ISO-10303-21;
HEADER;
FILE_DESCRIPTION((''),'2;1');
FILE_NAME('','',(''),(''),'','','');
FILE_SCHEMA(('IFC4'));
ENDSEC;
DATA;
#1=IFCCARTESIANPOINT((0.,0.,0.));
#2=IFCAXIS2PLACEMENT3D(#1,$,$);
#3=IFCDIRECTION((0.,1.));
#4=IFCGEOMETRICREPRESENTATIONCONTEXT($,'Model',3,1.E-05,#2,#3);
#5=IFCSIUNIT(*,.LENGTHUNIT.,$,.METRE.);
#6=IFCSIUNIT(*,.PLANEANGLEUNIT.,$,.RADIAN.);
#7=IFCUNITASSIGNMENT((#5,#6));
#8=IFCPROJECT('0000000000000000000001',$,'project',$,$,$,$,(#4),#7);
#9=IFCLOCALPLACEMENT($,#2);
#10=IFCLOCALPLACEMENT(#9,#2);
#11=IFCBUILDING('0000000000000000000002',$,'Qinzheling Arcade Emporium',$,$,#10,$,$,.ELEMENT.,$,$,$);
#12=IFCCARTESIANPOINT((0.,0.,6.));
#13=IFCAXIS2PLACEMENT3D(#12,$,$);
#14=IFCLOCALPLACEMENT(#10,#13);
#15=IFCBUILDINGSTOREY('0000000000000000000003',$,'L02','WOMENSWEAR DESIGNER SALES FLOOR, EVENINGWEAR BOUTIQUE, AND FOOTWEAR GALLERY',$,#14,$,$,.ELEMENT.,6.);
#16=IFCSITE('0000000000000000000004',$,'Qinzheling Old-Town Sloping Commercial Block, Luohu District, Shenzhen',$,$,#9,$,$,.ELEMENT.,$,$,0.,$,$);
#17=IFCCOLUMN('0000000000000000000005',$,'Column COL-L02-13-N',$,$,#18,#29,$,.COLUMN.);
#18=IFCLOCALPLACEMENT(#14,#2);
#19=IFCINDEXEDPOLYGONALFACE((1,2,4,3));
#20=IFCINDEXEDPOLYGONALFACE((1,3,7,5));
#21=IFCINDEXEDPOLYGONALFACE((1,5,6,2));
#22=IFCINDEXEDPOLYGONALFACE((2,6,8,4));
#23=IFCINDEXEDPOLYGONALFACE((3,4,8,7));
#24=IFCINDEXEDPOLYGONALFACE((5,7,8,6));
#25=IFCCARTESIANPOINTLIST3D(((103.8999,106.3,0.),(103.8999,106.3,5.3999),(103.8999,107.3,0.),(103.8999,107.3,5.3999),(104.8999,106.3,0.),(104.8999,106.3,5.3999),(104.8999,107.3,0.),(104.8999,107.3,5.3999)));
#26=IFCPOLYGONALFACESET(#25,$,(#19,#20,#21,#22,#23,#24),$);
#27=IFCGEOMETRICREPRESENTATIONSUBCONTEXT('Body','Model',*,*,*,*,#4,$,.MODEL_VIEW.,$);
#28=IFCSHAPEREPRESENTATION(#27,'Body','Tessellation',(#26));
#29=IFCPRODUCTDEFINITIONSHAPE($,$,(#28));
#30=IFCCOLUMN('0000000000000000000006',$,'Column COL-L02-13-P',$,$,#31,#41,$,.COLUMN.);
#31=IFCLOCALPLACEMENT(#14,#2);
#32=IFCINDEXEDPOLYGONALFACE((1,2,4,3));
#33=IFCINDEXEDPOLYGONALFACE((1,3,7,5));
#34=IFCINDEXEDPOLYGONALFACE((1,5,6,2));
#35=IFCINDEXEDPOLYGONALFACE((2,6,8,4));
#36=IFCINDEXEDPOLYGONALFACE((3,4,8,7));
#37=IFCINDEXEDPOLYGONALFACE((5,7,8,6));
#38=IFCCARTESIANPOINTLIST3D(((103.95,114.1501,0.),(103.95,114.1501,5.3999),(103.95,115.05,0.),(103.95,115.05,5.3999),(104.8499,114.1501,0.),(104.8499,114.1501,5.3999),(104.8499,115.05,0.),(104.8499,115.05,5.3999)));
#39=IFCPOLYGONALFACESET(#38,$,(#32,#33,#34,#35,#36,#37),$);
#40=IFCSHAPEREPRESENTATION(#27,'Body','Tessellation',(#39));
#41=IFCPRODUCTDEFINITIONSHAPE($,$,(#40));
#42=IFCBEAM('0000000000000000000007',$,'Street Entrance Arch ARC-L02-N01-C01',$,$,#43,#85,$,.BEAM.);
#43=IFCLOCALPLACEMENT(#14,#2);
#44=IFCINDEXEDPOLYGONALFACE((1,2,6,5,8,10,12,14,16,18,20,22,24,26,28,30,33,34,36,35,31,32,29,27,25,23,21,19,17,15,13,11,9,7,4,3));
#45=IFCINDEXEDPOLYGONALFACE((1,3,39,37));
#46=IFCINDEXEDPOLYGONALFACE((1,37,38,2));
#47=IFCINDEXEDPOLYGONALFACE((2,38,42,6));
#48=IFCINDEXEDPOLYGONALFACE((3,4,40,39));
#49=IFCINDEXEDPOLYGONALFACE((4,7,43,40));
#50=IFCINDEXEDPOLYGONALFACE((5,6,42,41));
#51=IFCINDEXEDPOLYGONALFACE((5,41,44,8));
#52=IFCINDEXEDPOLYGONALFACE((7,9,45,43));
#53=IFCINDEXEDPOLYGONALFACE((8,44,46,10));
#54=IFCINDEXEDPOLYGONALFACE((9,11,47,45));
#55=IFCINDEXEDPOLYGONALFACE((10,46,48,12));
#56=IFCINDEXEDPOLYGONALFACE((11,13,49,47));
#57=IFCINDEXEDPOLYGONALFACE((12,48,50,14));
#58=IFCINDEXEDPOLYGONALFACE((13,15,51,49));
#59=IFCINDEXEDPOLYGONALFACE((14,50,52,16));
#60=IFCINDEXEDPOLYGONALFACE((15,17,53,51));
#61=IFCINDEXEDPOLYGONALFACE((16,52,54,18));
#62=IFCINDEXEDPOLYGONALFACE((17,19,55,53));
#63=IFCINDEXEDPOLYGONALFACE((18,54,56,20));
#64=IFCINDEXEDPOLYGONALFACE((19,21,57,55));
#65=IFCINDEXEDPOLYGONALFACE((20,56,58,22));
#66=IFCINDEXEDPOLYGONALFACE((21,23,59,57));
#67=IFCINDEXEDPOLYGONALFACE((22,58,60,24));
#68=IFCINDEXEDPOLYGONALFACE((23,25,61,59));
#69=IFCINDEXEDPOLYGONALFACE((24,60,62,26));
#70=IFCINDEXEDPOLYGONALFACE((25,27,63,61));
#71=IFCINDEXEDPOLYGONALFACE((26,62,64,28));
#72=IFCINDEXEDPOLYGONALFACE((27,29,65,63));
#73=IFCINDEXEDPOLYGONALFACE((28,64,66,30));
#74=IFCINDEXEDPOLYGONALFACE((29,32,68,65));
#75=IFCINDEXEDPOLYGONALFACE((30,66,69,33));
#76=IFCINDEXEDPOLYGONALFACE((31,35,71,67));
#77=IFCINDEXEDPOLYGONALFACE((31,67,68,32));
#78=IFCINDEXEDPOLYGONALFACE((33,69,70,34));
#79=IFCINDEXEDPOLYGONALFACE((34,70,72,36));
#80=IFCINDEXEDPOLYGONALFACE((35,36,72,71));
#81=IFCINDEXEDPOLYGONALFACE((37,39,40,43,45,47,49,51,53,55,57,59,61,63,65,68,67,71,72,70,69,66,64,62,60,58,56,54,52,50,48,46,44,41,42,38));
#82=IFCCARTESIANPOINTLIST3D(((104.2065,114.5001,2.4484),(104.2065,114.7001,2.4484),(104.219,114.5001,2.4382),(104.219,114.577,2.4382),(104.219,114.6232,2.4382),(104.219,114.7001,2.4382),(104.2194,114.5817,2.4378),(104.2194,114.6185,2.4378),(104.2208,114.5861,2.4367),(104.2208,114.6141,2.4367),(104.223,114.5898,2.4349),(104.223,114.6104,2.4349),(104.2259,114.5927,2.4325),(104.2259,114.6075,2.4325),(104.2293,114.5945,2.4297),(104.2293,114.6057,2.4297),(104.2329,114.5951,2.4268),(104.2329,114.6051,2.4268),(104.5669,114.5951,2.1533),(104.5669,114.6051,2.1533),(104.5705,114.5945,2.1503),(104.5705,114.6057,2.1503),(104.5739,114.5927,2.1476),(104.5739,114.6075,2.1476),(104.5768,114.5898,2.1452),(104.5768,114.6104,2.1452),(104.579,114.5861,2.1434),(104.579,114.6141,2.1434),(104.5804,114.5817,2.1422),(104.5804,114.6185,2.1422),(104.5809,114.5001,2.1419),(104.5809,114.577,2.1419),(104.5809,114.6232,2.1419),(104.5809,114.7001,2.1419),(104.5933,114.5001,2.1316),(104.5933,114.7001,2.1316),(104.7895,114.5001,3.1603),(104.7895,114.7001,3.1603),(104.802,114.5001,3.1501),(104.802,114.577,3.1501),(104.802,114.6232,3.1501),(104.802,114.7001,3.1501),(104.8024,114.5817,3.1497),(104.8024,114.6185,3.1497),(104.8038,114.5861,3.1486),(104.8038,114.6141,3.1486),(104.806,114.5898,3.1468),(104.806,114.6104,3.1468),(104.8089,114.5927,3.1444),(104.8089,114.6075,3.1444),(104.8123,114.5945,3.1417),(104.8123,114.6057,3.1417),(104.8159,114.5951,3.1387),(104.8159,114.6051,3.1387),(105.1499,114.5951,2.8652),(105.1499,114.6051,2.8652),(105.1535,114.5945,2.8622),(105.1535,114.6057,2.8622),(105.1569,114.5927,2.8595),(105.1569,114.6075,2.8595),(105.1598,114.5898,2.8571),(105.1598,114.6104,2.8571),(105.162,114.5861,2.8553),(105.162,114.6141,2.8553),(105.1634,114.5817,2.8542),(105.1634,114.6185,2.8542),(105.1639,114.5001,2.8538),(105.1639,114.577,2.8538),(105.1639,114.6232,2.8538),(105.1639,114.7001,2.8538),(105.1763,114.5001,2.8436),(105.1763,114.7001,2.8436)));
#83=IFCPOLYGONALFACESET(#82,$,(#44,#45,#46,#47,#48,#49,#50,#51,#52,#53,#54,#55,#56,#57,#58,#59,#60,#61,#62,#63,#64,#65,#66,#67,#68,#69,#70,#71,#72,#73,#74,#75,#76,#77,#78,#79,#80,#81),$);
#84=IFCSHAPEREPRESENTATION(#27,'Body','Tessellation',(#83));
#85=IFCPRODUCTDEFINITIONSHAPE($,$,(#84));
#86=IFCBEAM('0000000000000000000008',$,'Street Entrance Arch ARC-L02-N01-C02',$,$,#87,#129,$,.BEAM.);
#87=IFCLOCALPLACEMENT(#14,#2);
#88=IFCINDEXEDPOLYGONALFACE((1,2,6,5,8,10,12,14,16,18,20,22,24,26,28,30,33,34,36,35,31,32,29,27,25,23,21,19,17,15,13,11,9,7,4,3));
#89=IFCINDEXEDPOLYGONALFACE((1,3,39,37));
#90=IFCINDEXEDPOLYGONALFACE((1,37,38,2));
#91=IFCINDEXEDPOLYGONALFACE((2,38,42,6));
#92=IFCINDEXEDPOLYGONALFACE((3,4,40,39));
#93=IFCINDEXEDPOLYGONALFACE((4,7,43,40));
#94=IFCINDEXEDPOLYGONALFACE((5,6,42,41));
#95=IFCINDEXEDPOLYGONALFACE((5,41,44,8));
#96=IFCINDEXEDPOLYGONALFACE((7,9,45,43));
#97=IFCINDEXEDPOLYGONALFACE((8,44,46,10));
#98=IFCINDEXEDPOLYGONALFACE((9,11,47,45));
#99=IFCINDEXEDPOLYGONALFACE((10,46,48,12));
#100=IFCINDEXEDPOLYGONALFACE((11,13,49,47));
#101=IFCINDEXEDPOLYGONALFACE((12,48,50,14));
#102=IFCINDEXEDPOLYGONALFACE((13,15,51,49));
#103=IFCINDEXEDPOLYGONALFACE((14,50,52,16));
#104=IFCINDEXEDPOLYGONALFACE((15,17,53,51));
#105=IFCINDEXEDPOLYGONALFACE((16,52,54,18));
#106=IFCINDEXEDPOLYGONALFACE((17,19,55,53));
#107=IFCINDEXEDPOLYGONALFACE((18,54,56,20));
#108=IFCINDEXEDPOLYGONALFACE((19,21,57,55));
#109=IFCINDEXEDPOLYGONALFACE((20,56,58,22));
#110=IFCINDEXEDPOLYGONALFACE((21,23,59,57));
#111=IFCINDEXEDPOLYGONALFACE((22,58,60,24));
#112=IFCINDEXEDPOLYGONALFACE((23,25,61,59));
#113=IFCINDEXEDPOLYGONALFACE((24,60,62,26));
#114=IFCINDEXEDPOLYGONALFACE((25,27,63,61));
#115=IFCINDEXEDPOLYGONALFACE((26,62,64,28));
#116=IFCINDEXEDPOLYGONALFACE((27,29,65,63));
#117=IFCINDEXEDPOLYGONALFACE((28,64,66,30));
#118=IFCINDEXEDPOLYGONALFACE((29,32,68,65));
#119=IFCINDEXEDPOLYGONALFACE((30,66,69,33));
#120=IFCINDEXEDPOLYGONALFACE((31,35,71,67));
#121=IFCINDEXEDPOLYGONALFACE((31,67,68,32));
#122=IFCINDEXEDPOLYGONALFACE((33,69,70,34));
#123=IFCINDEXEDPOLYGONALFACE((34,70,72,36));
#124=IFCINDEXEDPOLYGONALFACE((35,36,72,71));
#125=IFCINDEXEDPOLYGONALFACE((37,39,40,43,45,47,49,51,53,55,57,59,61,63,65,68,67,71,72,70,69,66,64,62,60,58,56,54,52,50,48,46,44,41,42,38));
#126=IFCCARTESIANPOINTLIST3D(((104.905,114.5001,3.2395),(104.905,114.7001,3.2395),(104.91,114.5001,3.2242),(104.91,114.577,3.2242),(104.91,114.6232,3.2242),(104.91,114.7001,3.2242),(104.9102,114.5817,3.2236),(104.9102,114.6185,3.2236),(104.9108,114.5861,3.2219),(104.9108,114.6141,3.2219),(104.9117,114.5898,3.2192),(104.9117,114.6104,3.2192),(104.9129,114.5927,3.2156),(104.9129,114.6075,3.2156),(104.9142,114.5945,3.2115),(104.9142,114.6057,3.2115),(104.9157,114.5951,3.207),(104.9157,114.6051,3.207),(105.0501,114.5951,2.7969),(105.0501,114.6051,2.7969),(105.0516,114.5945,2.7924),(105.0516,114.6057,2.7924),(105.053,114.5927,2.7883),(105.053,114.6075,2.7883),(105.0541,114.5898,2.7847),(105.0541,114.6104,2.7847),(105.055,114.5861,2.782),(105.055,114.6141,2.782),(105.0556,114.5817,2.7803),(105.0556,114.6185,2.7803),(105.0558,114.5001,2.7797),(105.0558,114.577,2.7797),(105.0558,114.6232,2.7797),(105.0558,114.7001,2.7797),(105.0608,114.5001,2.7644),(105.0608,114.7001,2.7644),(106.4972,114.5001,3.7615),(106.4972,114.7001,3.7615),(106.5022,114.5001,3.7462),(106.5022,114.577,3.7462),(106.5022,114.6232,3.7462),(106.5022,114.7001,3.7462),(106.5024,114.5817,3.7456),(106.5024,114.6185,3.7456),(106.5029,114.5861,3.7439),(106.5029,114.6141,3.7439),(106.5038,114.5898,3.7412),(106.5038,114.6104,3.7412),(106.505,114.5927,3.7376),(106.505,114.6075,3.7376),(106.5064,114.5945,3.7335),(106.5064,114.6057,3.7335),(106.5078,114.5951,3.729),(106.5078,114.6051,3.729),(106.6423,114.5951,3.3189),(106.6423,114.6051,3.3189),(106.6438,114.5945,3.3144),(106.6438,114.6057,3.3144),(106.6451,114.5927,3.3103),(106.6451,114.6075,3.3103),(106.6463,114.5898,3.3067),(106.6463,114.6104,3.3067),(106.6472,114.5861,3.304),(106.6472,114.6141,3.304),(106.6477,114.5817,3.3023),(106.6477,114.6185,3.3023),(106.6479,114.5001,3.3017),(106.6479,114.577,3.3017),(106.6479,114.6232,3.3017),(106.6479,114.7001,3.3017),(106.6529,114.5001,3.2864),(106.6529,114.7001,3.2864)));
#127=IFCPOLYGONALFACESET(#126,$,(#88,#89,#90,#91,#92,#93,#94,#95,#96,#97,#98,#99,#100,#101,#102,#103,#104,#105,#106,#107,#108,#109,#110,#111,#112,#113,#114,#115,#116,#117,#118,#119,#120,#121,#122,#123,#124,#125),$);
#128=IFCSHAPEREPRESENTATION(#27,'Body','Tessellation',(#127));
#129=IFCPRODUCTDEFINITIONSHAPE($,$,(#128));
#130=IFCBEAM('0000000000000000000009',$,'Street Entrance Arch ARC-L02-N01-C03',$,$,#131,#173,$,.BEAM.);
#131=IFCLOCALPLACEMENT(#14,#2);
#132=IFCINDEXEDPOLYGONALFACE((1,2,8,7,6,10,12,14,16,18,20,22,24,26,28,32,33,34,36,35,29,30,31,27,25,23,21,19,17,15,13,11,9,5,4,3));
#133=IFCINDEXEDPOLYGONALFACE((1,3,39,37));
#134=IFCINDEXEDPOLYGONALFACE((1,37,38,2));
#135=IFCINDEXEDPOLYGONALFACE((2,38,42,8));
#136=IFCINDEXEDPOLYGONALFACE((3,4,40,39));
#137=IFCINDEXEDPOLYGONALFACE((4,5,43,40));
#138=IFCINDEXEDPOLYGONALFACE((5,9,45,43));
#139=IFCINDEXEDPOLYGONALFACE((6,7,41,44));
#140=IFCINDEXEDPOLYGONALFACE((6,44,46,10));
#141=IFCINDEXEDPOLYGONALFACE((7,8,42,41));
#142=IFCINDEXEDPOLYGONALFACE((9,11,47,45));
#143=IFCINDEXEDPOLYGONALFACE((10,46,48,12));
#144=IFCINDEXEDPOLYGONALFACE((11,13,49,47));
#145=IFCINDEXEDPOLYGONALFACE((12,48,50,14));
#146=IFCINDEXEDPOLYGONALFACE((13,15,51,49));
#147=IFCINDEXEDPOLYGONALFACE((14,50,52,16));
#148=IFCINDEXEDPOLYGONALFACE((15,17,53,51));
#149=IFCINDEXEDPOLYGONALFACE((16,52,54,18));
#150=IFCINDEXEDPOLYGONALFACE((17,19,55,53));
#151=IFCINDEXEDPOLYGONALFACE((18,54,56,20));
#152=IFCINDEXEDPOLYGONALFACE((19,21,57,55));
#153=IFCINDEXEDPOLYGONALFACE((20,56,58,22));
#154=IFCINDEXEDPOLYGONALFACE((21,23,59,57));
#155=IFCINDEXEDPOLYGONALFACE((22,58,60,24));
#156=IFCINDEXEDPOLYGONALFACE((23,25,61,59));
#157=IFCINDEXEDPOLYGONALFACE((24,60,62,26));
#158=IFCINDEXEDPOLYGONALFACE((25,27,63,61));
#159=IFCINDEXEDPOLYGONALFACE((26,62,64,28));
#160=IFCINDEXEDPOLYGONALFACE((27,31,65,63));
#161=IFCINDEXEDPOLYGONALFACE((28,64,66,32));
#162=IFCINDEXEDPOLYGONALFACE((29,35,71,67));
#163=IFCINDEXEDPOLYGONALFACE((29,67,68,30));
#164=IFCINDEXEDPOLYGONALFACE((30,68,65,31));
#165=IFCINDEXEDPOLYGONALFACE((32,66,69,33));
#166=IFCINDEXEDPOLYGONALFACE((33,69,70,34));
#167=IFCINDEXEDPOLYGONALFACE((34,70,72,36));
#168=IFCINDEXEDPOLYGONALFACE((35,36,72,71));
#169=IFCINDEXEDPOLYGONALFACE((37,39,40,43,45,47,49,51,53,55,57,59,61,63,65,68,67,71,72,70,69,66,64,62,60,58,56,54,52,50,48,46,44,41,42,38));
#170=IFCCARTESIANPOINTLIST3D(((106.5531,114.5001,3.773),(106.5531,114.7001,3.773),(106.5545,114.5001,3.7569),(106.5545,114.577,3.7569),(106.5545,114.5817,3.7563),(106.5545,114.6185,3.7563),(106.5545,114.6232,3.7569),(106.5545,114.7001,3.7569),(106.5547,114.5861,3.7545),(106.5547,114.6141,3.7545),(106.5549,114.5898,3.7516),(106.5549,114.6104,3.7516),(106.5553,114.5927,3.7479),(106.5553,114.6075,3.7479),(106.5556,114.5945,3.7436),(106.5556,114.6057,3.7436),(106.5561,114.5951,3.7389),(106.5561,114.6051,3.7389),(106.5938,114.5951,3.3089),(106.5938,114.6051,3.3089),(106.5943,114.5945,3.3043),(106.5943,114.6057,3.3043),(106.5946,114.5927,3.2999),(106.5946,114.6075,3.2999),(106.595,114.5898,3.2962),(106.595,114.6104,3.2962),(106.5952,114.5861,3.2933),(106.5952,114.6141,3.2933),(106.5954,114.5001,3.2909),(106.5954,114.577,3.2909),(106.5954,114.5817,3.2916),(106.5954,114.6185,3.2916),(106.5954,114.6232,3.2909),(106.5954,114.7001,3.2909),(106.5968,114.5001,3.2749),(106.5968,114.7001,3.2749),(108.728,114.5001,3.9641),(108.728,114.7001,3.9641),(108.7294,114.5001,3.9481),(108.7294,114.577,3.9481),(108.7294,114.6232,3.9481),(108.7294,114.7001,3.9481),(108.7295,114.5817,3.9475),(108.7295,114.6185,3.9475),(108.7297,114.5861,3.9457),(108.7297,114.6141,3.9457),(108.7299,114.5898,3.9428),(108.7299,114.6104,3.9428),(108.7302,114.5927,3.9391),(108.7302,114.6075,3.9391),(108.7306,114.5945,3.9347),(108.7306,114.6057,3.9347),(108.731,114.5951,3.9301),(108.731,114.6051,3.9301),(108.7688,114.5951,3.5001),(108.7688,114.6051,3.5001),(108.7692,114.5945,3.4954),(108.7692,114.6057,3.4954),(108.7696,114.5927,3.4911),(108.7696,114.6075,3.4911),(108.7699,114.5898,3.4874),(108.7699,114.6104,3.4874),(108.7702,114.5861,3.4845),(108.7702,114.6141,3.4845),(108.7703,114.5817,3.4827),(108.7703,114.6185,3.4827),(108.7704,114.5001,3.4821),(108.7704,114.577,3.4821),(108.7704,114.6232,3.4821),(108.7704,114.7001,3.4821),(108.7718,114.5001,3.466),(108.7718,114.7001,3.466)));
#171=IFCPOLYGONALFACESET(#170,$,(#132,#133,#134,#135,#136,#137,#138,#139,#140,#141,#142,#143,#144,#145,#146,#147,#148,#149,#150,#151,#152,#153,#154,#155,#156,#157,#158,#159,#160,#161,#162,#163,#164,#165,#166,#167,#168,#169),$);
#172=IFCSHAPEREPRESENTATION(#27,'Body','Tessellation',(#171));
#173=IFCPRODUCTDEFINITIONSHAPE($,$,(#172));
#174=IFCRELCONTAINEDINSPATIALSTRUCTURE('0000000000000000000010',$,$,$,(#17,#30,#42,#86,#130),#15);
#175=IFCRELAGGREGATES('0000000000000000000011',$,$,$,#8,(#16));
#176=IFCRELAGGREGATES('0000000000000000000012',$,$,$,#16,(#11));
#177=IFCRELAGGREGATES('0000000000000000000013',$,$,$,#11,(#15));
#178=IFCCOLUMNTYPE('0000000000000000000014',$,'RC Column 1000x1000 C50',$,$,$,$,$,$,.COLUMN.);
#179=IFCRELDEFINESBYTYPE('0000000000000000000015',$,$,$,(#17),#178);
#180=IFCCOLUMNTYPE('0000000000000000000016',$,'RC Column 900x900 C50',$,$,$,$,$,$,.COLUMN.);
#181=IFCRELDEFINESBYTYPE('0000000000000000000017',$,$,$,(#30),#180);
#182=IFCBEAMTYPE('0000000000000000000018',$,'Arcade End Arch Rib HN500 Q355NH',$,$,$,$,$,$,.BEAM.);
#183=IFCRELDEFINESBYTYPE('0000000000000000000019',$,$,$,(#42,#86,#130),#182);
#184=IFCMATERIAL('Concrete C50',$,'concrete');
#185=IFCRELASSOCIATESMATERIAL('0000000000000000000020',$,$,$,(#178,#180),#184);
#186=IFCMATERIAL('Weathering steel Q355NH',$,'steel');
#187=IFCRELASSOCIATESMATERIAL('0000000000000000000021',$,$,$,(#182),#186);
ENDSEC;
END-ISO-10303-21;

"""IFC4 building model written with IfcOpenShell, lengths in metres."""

from ifc_helpers import new_model, si_unit, direction, frame, origin, origin_2d, place, context, subcontext, project, spatial, rectangle, i_section, extrude, material, material_profile, profile_set, type_object, element, save


model = new_model("IFC4")

# Units and contexts
model_context = context("Model", 3, precision=1e-05, world=origin(), true_north=direction((0.0, 1.0)))
body_context = subcontext(model_context, "Body", "Model", "MODEL_VIEW")
ifc_project = project(units=[si_unit("LENGTHUNIT", "METRE"), si_unit("PLANEANGLEUNIT", "RADIAN")], contexts=[model_context])

# Site, building, storey
site_placement = place(None, origin())
site = spatial("IfcSite", under=ifc_project, at=site_placement, Name="Qinzheling Old-Town Sloping Commercial Block, Luohu District, Shenzhen", CompositionType="ELEMENT", RefElevation=0.0)
building_placement = place(site_placement, origin())
building = spatial("IfcBuilding", under=site, at=building_placement, Name="Qinzheling Arcade Emporium", CompositionType="ELEMENT")
storey_placement = place(building_placement, frame((0.0, 0.0, 6.0)))
storey = spatial("IfcBuildingStorey", under=building, at=storey_placement, Name="L02", Description="WOMENSWEAR DESIGNER SALES FLOOR, EVENINGWEAR BOUTIQUE, AND FOOTWEAR GALLERY", CompositionType="ELEMENT", Elevation=6.0)

# Columns
ifc_material_1 = material(Name="Concrete C50", Category="concrete")
ifc_material_profile_1 = material_profile(ifc_material_1, rectangle(XDim=1.0, YDim=1.0, at=origin_2d()), Name="RC 1000x1000", Category="concrete")
ifc_profile_set_1 = profile_set([ifc_material_profile_1], Name="Concrete C50")
column_type_1 = type_object("IfcColumnType", Name="RC Column 1000x1000 C50", PredefinedType="COLUMN", material=ifc_profile_set_1)
column_1_placement = place(storey_placement, frame((104.3999, 106.8, 0.0), z_axis=(0.0, 0.0, 1.0), x_axis=(1.0, 0.0, 0.0)))
element("IfcColumn", 1, at=column_1_placement, inside=storey, type_object=column_type_1, Name="Column COL-L02-13-N", PredefinedType="COLUMN", context=body_context, shape_type="SweptSolid", body=[
    extrude(rectangle(XDim=1.0, YDim=1.0, at=origin_2d()), origin(), (0.0, 0.0, 1.0), 5.3999),
])
ifc_material_profile_2 = material_profile(ifc_material_1, rectangle(XDim=0.8999, YDim=0.8999, at=origin_2d()), Name="RC 900x900", Category="concrete")
ifc_profile_set_2 = profile_set([ifc_material_profile_2], Name="Concrete C50")
column_type_2 = type_object("IfcColumnType", Name="RC Column 900x900 C50", PredefinedType="COLUMN", material=ifc_profile_set_2)
column_2_placement = place(storey_placement, frame((104.3999, 114.6001, 0.0), z_axis=(0.0, 0.0, 1.0), x_axis=(1.0, 0.0, 0.0)))
element("IfcColumn", 2, at=column_2_placement, inside=storey, type_object=column_type_2, Name="Column COL-L02-13-P", PredefinedType="COLUMN", context=body_context, shape_type="SweptSolid", body=[
    extrude(rectangle(XDim=0.8999, YDim=0.8999, at=origin_2d()), origin(), (0.0, 0.0, 1.0), 5.3999),
])

# Beams
ifc_material_2 = material(Name="Weathering steel Q355NH", Category="steel")
ifc_material_profile_3 = material_profile(ifc_material_2, i_section(OverallWidth=0.2, OverallDepth=0.5, WebThickness=0.01, FlangeThickness=0.0161, FilletRadius=0.0181, at=origin_2d()), Name="HN 500x200x10x16", Category="steel")
ifc_profile_set_3 = profile_set([ifc_material_profile_3], Name="Weathering steel Q355NH")
beam_type_1 = type_object("IfcBeamType", Name="Arcade End Arch Rib HN500 Q355NH", PredefinedType="BEAM", material=ifc_profile_set_3)
beam_1_placement = place(storey_placement, frame((104.3999, 114.6001, 2.29), z_axis=(0.633584, 0.0, 0.773674), x_axis=(0.0, 1.0, 0.0)))
element("IfcBeam", 3, at=beam_1_placement, inside=storey, type_object=beam_type_1, Name="Street Entrance Arch ARC-L02-N01-C01", PredefinedType="BEAM", context=body_context, shape_type="SweptSolid", body=[
    extrude(i_section(OverallWidth=0.2, OverallDepth=0.5, WebThickness=0.01, FlangeThickness=0.0161, FilletRadius=0.0181, at=origin_2d()), origin(), (0.0, 0.0, 1.0), 0.9202),
])
beam_2_placement = place(storey_placement, frame((104.9829, 114.6001, 3.002), z_axis=(0.950231, 0.0, 0.311546), x_axis=(0.0, 1.0, 0.0)))
element("IfcBeam", 4, at=beam_2_placement, inside=storey, type_object=beam_type_1, Name="Street Entrance Arch ARC-L02-N01-C02", PredefinedType="BEAM", context=body_context, shape_type="SweptSolid", body=[
    extrude(i_section(OverallWidth=0.2, OverallDepth=0.5, WebThickness=0.01, FlangeThickness=0.0161, FilletRadius=0.0181, at=origin_2d()), origin(), (0.0, 0.0, 1.0), 1.6755),
])
for number, where, z_axis, x_axis, name in (
    (5, (106.575, 114.6001, 3.5239), (0.99616, 0.0, 0.087551), (0.0, 1.0, 0.0), "Street Entrance Arch ARC-L02-N01-C03"),
):
    element("IfcBeam", number, at=place(storey_placement, frame(where, z_axis=z_axis, x_axis=x_axis)), inside=storey, type_object=beam_type_1, Name=name, PredefinedType="BEAM", context=body_context, shape_type="SweptSolid", body=[
        extrude(i_section(OverallWidth=0.2, OverallDepth=0.5, WebThickness=0.01, FlangeThickness=0.0161, FilletRadius=0.0181, at=origin_2d()), origin(), (0.0, 0.0, 1.0), 2.1833),
    ])

save(model, "model.ifc")
